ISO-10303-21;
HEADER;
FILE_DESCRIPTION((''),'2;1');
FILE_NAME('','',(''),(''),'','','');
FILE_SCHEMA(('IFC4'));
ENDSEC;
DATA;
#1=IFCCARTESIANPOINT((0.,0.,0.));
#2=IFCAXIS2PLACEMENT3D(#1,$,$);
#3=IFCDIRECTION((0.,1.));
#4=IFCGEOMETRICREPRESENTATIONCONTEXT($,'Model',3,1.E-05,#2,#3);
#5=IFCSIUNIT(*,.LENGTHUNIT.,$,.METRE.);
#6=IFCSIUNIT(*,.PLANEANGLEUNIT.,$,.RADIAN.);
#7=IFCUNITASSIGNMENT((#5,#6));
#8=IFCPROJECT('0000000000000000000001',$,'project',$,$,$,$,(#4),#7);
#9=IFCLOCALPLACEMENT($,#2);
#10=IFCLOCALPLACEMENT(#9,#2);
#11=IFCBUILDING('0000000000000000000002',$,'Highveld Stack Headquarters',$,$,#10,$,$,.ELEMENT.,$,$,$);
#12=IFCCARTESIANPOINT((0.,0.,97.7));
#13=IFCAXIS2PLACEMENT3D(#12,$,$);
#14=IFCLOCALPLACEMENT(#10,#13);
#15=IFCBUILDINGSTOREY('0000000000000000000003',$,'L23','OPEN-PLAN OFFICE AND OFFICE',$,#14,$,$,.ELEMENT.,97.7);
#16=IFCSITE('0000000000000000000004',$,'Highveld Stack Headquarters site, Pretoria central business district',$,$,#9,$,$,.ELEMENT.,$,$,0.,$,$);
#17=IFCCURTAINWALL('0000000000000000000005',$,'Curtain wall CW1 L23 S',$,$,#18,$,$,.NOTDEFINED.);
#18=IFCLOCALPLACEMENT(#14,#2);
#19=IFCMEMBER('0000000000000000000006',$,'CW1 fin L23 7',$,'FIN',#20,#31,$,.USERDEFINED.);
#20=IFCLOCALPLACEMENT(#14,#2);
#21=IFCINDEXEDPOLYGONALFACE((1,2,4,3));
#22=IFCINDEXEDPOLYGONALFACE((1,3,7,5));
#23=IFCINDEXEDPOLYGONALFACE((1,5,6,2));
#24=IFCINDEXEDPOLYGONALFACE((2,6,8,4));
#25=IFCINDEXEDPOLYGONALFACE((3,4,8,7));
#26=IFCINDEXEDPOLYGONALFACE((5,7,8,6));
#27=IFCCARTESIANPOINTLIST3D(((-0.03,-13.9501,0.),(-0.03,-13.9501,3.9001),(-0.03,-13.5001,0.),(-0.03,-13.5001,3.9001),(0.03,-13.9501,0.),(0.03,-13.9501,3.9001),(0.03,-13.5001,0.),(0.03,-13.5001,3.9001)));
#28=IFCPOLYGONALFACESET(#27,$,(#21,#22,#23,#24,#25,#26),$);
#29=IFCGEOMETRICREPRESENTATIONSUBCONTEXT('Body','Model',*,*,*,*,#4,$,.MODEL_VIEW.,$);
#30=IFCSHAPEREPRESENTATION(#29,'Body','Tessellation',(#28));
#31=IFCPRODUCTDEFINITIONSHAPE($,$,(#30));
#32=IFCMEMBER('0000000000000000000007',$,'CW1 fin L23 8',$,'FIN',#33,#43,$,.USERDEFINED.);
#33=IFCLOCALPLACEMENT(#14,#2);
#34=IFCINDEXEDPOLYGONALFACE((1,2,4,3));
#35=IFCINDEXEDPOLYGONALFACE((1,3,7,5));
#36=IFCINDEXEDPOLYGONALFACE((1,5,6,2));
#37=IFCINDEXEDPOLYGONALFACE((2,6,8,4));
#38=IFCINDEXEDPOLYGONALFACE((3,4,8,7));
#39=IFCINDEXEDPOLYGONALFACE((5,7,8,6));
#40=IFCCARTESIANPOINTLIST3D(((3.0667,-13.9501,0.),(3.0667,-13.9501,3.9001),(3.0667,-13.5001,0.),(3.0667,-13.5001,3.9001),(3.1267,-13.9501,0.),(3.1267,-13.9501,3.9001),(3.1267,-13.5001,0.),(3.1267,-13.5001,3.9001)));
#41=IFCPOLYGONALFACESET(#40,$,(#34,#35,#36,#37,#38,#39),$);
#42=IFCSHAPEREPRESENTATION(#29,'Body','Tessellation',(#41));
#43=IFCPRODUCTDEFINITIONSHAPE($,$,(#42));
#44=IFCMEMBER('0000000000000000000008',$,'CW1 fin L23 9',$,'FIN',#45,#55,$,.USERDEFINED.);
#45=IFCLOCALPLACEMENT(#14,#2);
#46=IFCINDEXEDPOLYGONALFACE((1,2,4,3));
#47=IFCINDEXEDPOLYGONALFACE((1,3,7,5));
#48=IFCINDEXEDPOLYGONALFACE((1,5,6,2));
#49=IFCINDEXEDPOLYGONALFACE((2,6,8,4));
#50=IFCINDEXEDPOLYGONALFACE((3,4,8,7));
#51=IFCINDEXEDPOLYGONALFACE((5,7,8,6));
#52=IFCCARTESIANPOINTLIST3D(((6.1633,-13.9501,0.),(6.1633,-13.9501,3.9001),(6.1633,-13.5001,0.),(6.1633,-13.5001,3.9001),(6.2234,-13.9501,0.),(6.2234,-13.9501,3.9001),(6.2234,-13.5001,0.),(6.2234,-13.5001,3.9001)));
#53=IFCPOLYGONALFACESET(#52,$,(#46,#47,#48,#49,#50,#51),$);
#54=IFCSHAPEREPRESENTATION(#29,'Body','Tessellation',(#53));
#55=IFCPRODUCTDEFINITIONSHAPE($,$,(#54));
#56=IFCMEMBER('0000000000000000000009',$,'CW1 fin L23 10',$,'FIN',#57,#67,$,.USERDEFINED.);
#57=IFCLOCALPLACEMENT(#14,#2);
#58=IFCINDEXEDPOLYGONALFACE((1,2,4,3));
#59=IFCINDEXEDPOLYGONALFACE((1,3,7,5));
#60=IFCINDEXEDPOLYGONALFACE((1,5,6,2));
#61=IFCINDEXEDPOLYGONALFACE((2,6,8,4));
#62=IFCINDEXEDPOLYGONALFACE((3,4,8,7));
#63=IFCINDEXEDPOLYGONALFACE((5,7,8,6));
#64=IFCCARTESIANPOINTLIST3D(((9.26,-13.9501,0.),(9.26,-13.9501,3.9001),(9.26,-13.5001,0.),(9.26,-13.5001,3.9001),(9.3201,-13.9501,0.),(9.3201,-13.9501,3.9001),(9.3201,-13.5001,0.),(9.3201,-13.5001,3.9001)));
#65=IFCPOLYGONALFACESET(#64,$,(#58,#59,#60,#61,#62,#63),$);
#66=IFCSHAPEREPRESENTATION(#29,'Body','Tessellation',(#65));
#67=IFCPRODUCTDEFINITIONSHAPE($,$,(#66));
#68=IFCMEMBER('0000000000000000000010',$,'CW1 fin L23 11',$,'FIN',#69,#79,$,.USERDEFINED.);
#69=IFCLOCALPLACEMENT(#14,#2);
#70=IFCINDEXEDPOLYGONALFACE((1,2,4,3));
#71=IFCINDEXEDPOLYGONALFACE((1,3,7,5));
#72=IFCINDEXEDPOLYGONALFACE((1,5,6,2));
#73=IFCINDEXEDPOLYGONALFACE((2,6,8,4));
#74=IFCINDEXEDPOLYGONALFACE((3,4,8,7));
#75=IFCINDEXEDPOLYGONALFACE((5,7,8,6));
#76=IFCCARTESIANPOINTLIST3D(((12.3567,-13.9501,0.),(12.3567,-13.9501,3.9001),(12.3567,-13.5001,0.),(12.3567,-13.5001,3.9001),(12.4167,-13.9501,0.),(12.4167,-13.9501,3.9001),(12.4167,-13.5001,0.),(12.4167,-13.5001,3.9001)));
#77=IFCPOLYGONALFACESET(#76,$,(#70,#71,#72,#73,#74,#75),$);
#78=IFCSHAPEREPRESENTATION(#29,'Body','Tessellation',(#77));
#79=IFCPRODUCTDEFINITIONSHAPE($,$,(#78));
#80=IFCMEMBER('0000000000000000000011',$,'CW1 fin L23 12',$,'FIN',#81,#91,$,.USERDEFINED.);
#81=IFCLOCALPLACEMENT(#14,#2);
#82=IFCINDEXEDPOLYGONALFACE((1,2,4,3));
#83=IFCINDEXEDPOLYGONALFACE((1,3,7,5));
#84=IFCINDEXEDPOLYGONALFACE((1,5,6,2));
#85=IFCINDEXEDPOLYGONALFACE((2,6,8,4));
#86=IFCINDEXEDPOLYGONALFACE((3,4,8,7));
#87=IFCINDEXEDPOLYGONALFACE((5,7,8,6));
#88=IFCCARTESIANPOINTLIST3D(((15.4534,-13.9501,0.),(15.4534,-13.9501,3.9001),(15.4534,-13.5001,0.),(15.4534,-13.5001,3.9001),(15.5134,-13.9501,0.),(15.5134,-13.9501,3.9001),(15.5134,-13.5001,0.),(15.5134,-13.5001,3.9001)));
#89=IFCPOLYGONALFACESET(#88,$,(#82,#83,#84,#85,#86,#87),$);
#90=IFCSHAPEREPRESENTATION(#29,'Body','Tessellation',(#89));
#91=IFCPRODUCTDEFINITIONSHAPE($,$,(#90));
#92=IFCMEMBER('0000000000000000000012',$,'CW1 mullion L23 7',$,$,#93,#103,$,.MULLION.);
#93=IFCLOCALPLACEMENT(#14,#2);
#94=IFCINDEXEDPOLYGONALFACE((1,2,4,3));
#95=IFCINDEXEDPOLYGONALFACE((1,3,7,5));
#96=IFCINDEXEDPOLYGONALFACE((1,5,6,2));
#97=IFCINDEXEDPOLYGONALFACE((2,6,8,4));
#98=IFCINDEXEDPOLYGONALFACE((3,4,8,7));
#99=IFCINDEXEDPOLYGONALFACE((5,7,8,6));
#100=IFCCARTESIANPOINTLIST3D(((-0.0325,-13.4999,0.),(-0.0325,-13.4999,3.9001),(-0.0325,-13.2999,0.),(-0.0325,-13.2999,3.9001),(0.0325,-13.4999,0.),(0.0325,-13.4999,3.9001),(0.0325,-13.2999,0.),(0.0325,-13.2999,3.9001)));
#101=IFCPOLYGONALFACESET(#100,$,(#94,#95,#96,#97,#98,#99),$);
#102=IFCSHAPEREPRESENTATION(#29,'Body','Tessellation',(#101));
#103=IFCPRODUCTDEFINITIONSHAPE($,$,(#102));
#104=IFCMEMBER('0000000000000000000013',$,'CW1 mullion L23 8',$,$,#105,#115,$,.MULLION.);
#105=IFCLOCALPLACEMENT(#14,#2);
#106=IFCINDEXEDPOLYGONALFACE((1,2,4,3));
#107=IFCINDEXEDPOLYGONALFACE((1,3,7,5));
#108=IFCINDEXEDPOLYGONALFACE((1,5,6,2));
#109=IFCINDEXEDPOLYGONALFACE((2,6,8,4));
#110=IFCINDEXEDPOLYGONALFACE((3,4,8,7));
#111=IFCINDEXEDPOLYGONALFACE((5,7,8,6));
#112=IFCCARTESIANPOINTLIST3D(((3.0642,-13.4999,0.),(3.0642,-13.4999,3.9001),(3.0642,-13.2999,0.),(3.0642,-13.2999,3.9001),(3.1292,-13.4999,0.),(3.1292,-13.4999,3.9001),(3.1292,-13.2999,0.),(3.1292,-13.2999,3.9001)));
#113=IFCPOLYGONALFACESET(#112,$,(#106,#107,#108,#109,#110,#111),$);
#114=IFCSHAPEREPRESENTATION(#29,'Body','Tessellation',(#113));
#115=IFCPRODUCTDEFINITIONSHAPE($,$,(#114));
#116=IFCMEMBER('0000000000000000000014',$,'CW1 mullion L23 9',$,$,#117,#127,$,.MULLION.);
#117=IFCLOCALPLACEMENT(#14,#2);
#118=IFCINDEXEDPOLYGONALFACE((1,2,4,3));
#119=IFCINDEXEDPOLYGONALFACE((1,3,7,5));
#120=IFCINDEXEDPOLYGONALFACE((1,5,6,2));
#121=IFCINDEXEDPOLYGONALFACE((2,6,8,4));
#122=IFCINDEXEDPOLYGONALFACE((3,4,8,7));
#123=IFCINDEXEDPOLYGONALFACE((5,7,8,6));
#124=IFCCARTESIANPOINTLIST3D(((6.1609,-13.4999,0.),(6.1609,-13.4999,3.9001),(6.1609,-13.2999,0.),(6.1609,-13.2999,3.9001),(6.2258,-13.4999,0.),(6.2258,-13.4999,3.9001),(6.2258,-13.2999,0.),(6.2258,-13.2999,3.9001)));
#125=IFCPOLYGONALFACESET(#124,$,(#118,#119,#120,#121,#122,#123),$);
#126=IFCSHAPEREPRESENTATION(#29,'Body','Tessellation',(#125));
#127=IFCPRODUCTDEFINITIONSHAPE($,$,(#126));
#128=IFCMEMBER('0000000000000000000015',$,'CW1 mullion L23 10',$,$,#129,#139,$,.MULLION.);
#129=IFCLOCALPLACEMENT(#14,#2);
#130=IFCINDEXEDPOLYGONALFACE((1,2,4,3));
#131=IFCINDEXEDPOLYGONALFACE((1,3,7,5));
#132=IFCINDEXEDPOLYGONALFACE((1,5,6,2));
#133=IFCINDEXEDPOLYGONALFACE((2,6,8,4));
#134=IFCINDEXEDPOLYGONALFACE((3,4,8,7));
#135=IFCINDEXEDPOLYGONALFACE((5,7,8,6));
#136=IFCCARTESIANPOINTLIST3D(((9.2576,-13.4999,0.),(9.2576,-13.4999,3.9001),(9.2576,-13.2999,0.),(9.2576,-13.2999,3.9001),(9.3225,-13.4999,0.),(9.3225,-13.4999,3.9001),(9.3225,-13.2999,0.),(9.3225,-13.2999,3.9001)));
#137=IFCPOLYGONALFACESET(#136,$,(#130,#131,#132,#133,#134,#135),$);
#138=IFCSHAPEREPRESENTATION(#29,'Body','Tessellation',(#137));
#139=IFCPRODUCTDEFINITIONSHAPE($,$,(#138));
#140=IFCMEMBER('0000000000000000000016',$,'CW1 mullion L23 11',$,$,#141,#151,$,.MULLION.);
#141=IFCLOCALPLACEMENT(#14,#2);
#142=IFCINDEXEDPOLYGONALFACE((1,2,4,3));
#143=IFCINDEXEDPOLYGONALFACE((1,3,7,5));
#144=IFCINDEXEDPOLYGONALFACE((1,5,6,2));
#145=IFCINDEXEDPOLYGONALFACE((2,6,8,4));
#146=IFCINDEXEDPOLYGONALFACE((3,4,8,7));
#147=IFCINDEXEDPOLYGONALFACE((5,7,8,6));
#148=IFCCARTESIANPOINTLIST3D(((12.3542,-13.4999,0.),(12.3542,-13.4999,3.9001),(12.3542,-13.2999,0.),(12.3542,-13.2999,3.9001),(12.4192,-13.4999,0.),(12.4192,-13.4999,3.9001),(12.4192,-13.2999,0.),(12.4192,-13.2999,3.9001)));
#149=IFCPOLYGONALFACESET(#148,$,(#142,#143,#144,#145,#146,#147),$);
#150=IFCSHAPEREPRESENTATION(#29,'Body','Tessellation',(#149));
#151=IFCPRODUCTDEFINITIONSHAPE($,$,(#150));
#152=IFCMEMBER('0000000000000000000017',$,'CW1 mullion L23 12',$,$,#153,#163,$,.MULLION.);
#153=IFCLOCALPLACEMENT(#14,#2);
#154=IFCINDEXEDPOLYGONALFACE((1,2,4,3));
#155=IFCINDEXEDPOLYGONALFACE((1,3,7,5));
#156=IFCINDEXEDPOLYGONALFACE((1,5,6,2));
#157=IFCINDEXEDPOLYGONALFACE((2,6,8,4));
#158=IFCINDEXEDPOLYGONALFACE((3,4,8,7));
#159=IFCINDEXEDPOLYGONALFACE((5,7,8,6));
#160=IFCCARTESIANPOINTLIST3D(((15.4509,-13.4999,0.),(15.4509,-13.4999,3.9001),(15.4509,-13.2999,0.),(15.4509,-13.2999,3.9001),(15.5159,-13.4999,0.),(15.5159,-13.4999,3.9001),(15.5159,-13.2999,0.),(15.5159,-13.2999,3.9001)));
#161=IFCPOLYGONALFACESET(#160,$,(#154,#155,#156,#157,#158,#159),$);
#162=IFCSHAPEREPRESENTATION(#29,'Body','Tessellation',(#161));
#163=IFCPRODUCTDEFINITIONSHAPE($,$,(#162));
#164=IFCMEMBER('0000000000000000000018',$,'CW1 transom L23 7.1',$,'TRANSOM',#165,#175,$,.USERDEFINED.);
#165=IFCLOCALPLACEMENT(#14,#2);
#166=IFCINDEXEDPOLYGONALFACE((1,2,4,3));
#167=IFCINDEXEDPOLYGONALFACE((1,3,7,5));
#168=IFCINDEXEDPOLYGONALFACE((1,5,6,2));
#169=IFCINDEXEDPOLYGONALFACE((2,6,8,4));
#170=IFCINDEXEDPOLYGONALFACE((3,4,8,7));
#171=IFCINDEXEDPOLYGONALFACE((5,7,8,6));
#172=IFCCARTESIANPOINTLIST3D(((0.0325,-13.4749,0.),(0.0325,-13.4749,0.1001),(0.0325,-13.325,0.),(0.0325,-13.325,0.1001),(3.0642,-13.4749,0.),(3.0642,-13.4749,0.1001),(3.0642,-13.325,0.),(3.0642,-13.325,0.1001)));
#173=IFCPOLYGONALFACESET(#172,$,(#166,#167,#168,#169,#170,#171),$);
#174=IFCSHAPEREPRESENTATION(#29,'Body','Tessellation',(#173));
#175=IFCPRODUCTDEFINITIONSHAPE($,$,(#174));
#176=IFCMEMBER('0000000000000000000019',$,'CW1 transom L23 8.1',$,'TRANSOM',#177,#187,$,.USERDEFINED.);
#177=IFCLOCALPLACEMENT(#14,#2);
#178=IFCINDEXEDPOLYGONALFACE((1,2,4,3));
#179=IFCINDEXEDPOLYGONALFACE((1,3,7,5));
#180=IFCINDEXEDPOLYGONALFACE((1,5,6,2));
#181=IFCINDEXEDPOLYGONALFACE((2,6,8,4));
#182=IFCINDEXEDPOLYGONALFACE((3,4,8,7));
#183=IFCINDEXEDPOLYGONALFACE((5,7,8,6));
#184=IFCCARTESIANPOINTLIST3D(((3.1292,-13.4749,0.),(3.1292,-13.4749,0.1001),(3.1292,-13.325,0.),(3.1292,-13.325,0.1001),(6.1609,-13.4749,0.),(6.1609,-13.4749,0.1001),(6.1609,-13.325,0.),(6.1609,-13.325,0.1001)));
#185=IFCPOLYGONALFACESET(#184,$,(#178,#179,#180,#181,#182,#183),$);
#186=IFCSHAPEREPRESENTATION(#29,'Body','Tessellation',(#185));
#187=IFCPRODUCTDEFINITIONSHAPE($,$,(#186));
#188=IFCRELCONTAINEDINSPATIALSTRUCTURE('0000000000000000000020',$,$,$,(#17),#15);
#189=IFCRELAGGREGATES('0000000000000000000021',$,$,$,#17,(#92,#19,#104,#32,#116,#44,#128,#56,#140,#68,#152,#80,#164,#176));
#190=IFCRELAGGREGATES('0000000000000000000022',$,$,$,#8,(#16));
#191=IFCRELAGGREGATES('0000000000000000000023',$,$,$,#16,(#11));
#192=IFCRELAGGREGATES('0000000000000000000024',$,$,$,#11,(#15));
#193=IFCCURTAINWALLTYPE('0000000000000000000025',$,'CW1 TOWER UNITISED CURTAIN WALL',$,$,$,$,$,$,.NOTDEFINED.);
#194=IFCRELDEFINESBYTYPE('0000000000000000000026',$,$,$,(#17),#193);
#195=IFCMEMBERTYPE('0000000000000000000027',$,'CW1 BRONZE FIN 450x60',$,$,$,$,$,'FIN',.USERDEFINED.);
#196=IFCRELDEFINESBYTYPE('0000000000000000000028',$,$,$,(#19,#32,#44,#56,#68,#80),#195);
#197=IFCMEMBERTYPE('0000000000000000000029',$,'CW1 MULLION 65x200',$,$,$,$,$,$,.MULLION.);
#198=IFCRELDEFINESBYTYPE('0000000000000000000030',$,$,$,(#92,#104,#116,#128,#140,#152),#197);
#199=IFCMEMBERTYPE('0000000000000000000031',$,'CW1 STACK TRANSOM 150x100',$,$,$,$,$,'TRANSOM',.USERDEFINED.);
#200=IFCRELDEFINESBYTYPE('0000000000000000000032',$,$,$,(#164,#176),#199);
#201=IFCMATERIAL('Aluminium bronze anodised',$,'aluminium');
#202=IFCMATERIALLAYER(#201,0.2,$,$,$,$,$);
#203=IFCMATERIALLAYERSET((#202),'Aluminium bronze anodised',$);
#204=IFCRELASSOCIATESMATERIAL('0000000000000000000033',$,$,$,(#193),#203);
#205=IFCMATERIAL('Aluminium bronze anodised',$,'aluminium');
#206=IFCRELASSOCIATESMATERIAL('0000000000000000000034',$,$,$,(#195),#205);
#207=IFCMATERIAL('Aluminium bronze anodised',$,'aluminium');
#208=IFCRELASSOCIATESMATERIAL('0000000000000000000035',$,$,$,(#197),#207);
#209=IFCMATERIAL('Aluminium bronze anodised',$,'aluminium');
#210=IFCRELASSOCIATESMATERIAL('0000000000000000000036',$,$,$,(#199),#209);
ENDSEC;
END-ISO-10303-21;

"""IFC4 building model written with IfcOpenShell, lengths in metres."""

from ifc_helpers import new_model, si_unit, direction, frame, origin, origin_2d, place, context, subcontext, project, spatial, rectangle, extrude, material, layer, layer_set, material_profile, profile_set, type_object, element, aggregate, save


model = new_model("IFC4")

# Units and contexts
model_context = context("Model", 3, precision=1e-05, world=origin(), true_north=direction((0.0, 1.0)))
body_context = subcontext(model_context, "Body", "Model", "MODEL_VIEW")
ifc_project = project(units=[si_unit("LENGTHUNIT", "METRE"), si_unit("PLANEANGLEUNIT", "RADIAN")], contexts=[model_context])

# Site, building, storey
site_placement = place(None, origin())
site = spatial("IfcSite", under=ifc_project, at=site_placement, Name="Highveld Stack Headquarters site, Pretoria central business district", CompositionType="ELEMENT", RefElevation=0.0)
building_placement = place(site_placement, origin())
building = spatial("IfcBuilding", under=site, at=building_placement, Name="Highveld Stack Headquarters", CompositionType="ELEMENT")
storey_placement = place(building_placement, frame((0.0, 0.0, 97.7)))
storey = spatial("IfcBuildingStorey", under=building, at=storey_placement, Name="L23", Description="OPEN-PLAN OFFICE AND OFFICE", CompositionType="ELEMENT", Elevation=97.7)

# Curtain wall, members
ifc_material_1 = material(Name="Aluminium bronze anodised", Category="aluminium")
ifc_layer_1 = layer(ifc_material_1, 0.2)
ifc_layer_set_1 = layer_set([ifc_layer_1], Name="Aluminium bronze anodised")
curtain_wall_type = type_object("IfcCurtainWallType", Name="CW1 TOWER UNITISED CURTAIN WALL", PredefinedType="NOTDEFINED", material=ifc_layer_set_1)
curtain_wall_placement = place(storey_placement, origin())
curtain_wall = element("IfcCurtainWall", 1, at=curtain_wall_placement, inside=storey, type_object=curtain_wall_type, Name="Curtain wall CW1 L23 S", PredefinedType="NOTDEFINED")
ifc_material_2 = material(Name="Aluminium bronze anodised", Category="aluminium")
ifc_material_profile_1 = material_profile(ifc_material_2, rectangle(XDim=0.45, YDim=0.0601, at=origin_2d()), Name="FIN 450x60")
ifc_profile_set_1 = profile_set([ifc_material_profile_1], Name="Aluminium bronze anodised")
member_type_1 = type_object("IfcMemberType", Name="CW1 BRONZE FIN 450x60", ElementType="FIN", PredefinedType="USERDEFINED", material=ifc_profile_set_1)
member_1_placement = place(storey_placement, frame((0.0, -13.7251, 0.0), z_axis=(0.0, 0.0, 1.0), x_axis=(0.0, 1.0, 0.0)))
member_1 = element("IfcMember", 2, at=member_1_placement, type_object=member_type_1, Name="CW1 fin L23 7", ObjectType="FIN", PredefinedType="USERDEFINED", context=body_context, shape_type="SweptSolid", body=[
    extrude(rectangle(XDim=0.45, YDim=0.0601, at=origin_2d()), origin(), (0.0, 0.0, 1.0), 3.9001),
])
member_2_placement = place(storey_placement, frame((3.0967, -13.7251, 0.0), z_axis=(0.0, 0.0, 1.0), x_axis=(0.0, 1.0, 0.0)))
member_2 = element("IfcMember", 3, at=member_2_placement, type_object=member_type_1, Name="CW1 fin L23 8", ObjectType="FIN", PredefinedType="USERDEFINED", context=body_context, shape_type="SweptSolid", body=[
    extrude(rectangle(XDim=0.45, YDim=0.0601, at=origin_2d()), origin(), (0.0, 0.0, 1.0), 3.9001),
])
member_3_placement = place(storey_placement, frame((6.1934, -13.7251, 0.0), z_axis=(0.0, 0.0, 1.0), x_axis=(0.0, 1.0, 0.0)))
member_3 = element("IfcMember", 4, at=member_3_placement, type_object=member_type_1, Name="CW1 fin L23 9", ObjectType="FIN", PredefinedType="USERDEFINED", context=body_context, shape_type="SweptSolid", body=[
    extrude(rectangle(XDim=0.45, YDim=0.0601, at=origin_2d()), origin(), (0.0, 0.0, 1.0), 3.9001),
])
member_4_placement = place(storey_placement, frame((9.29, -13.7251, 0.0), z_axis=(0.0, 0.0, 1.0), x_axis=(0.0, 1.0, 0.0)))
member_4 = element("IfcMember", 5, at=member_4_placement, type_object=member_type_1, Name="CW1 fin L23 10", ObjectType="FIN", PredefinedType="USERDEFINED", context=body_context, shape_type="SweptSolid", body=[
    extrude(rectangle(XDim=0.45, YDim=0.0601, at=origin_2d()), origin(), (0.0, 0.0, 1.0), 3.9001),
])
member_5_placement = place(storey_placement, frame((12.3867, -13.7251, 0.0), z_axis=(0.0, 0.0, 1.0), x_axis=(0.0, 1.0, 0.0)))
member_5 = element("IfcMember", 6, at=member_5_placement, type_object=member_type_1, Name="CW1 fin L23 11", ObjectType="FIN", PredefinedType="USERDEFINED", context=body_context, shape_type="SweptSolid", body=[
    extrude(rectangle(XDim=0.45, YDim=0.0601, at=origin_2d()), origin(), (0.0, 0.0, 1.0), 3.9001),
])
member_6_placement = place(storey_placement, frame((15.4834, -13.7251, 0.0), z_axis=(0.0, 0.0, 1.0), x_axis=(0.0, 1.0, 0.0)))
member_6 = element("IfcMember", 7, at=member_6_placement, type_object=member_type_1, Name="CW1 fin L23 12", ObjectType="FIN", PredefinedType="USERDEFINED", context=body_context, shape_type="SweptSolid", body=[
    extrude(rectangle(XDim=0.45, YDim=0.0601, at=origin_2d()), origin(), (0.0, 0.0, 1.0), 3.9001),
])
ifc_material_3 = material(Name="Aluminium bronze anodised", Category="aluminium")
ifc_material_profile_2 = material_profile(ifc_material_3, rectangle(XDim=0.2, YDim=0.0649, at=origin_2d()), Name="CW1 MULLION 65x200")
ifc_profile_set_2 = profile_set([ifc_material_profile_2], Name="Aluminium bronze anodised")
member_type_2 = type_object("IfcMemberType", Name="CW1 MULLION 65x200", PredefinedType="MULLION", material=ifc_profile_set_2)
member_7_placement = place(storey_placement, frame((0.0, -13.3999, 0.0), z_axis=(0.0, 0.0, 1.0), x_axis=(0.0, 1.0, 0.0)))
member_7 = element("IfcMember", 8, at=member_7_placement, type_object=member_type_2, Name="CW1 mullion L23 7", PredefinedType="MULLION", context=body_context, shape_type="SweptSolid", body=[
    extrude(rectangle(XDim=0.2, YDim=0.0649, at=origin_2d()), origin(), (0.0, 0.0, 1.0), 3.9001),
])
member_8_placement = place(storey_placement, frame((3.0967, -13.3999, 0.0), z_axis=(0.0, 0.0, 1.0), x_axis=(0.0, 1.0, 0.0)))
member_8 = element("IfcMember", 9, at=member_8_placement, type_object=member_type_2, Name="CW1 mullion L23 8", PredefinedType="MULLION", context=body_context, shape_type="SweptSolid", body=[
    extrude(rectangle(XDim=0.2, YDim=0.0649, at=origin_2d()), origin(), (0.0, 0.0, 1.0), 3.9001),
])
member_9_placement = place(storey_placement, frame((6.1934, -13.3999, 0.0), z_axis=(0.0, 0.0, 1.0), x_axis=(0.0, 1.0, 0.0)))
member_9 = element("IfcMember", 10, at=member_9_placement, type_object=member_type_2, Name="CW1 mullion L23 9", PredefinedType="MULLION", context=body_context, shape_type="SweptSolid", body=[
    extrude(rectangle(XDim=0.2, YDim=0.0649, at=origin_2d()), origin(), (0.0, 0.0, 1.0), 3.9001),
])
member_10_placement = place(storey_placement, frame((9.29, -13.3999, 0.0), z_axis=(0.0, 0.0, 1.0), x_axis=(0.0, 1.0, 0.0)))
member_10 = element("IfcMember", 11, at=member_10_placement, type_object=member_type_2, Name="CW1 mullion L23 10", PredefinedType="MULLION", context=body_context, shape_type="SweptSolid", body=[
    extrude(rectangle(XDim=0.2, YDim=0.0649, at=origin_2d()), origin(), (0.0, 0.0, 1.0), 3.9001),
])
member_11_placement = place(storey_placement, frame((12.3867, -13.3999, 0.0), z_axis=(0.0, 0.0, 1.0), x_axis=(0.0, 1.0, 0.0)))
member_11 = element("IfcMember", 12, at=member_11_placement, type_object=member_type_2, Name="CW1 mullion L23 11", PredefinedType="MULLION", context=body_context, shape_type="SweptSolid", body=[
    extrude(rectangle(XDim=0.2, YDim=0.0649, at=origin_2d()), origin(), (0.0, 0.0, 1.0), 3.9001),
])
member_12_placement = place(storey_placement, frame((15.4834, -13.3999, 0.0), z_axis=(0.0, 0.0, 1.0), x_axis=(0.0, 1.0, 0.0)))
member_12 = element("IfcMember", 13, at=member_12_placement, type_object=member_type_2, Name="CW1 mullion L23 12", PredefinedType="MULLION", context=body_context, shape_type="SweptSolid", body=[
    extrude(rectangle(XDim=0.2, YDim=0.0649, at=origin_2d()), origin(), (0.0, 0.0, 1.0), 3.9001),
])
ifc_material_4 = material(Name="Aluminium bronze anodised", Category="aluminium")
ifc_material_profile_3 = material_profile(ifc_material_4, rectangle(XDim=0.1499, YDim=0.1001, at=origin_2d()), Name="CW1 TRANSOM 150x100")
ifc_profile_set_3 = profile_set([ifc_material_profile_3], Name="Aluminium bronze anodised")
member_type_3 = type_object("IfcMemberType", Name="CW1 STACK TRANSOM 150x100", ElementType="TRANSOM", PredefinedType="USERDEFINED", material=ifc_profile_set_3)
member_13_placement = place(storey_placement, frame((0.0325, -13.3999, 0.05), z_axis=(1.0, 0.0, 0.0), x_axis=(0.0, 1.0, 0.0)))
member_13 = element("IfcMember", 14, at=member_13_placement, type_object=member_type_3, Name="CW1 transom L23 7.1", ObjectType="TRANSOM", PredefinedType="USERDEFINED", context=body_context, shape_type="SweptSolid", body=[
    extrude(rectangle(XDim=0.1499, YDim=0.1001, at=origin_2d()), origin(), (0.0, 0.0, 1.0), 3.0317),
])
member_14_placement = place(storey_placement, frame((3.1292, -13.3999, 0.05), z_axis=(1.0, 0.0, 0.0), x_axis=(0.0, 1.0, 0.0)))
member_14 = element("IfcMember", 15, at=member_14_placement, type_object=member_type_3, Name="CW1 transom L23 8.1", ObjectType="TRANSOM", PredefinedType="USERDEFINED", context=body_context, shape_type="SweptSolid", body=[
    extrude(rectangle(XDim=0.1499, YDim=0.1001, at=origin_2d()), origin(), (0.0, 0.0, 1.0), 3.0317),
])
aggregate(curtain_wall, [member_7, member_1, member_8, member_2, member_9, member_3, member_10, member_4, member_11, member_5, member_12, member_6, member_13, member_14])

save(model, "model.ifc")
